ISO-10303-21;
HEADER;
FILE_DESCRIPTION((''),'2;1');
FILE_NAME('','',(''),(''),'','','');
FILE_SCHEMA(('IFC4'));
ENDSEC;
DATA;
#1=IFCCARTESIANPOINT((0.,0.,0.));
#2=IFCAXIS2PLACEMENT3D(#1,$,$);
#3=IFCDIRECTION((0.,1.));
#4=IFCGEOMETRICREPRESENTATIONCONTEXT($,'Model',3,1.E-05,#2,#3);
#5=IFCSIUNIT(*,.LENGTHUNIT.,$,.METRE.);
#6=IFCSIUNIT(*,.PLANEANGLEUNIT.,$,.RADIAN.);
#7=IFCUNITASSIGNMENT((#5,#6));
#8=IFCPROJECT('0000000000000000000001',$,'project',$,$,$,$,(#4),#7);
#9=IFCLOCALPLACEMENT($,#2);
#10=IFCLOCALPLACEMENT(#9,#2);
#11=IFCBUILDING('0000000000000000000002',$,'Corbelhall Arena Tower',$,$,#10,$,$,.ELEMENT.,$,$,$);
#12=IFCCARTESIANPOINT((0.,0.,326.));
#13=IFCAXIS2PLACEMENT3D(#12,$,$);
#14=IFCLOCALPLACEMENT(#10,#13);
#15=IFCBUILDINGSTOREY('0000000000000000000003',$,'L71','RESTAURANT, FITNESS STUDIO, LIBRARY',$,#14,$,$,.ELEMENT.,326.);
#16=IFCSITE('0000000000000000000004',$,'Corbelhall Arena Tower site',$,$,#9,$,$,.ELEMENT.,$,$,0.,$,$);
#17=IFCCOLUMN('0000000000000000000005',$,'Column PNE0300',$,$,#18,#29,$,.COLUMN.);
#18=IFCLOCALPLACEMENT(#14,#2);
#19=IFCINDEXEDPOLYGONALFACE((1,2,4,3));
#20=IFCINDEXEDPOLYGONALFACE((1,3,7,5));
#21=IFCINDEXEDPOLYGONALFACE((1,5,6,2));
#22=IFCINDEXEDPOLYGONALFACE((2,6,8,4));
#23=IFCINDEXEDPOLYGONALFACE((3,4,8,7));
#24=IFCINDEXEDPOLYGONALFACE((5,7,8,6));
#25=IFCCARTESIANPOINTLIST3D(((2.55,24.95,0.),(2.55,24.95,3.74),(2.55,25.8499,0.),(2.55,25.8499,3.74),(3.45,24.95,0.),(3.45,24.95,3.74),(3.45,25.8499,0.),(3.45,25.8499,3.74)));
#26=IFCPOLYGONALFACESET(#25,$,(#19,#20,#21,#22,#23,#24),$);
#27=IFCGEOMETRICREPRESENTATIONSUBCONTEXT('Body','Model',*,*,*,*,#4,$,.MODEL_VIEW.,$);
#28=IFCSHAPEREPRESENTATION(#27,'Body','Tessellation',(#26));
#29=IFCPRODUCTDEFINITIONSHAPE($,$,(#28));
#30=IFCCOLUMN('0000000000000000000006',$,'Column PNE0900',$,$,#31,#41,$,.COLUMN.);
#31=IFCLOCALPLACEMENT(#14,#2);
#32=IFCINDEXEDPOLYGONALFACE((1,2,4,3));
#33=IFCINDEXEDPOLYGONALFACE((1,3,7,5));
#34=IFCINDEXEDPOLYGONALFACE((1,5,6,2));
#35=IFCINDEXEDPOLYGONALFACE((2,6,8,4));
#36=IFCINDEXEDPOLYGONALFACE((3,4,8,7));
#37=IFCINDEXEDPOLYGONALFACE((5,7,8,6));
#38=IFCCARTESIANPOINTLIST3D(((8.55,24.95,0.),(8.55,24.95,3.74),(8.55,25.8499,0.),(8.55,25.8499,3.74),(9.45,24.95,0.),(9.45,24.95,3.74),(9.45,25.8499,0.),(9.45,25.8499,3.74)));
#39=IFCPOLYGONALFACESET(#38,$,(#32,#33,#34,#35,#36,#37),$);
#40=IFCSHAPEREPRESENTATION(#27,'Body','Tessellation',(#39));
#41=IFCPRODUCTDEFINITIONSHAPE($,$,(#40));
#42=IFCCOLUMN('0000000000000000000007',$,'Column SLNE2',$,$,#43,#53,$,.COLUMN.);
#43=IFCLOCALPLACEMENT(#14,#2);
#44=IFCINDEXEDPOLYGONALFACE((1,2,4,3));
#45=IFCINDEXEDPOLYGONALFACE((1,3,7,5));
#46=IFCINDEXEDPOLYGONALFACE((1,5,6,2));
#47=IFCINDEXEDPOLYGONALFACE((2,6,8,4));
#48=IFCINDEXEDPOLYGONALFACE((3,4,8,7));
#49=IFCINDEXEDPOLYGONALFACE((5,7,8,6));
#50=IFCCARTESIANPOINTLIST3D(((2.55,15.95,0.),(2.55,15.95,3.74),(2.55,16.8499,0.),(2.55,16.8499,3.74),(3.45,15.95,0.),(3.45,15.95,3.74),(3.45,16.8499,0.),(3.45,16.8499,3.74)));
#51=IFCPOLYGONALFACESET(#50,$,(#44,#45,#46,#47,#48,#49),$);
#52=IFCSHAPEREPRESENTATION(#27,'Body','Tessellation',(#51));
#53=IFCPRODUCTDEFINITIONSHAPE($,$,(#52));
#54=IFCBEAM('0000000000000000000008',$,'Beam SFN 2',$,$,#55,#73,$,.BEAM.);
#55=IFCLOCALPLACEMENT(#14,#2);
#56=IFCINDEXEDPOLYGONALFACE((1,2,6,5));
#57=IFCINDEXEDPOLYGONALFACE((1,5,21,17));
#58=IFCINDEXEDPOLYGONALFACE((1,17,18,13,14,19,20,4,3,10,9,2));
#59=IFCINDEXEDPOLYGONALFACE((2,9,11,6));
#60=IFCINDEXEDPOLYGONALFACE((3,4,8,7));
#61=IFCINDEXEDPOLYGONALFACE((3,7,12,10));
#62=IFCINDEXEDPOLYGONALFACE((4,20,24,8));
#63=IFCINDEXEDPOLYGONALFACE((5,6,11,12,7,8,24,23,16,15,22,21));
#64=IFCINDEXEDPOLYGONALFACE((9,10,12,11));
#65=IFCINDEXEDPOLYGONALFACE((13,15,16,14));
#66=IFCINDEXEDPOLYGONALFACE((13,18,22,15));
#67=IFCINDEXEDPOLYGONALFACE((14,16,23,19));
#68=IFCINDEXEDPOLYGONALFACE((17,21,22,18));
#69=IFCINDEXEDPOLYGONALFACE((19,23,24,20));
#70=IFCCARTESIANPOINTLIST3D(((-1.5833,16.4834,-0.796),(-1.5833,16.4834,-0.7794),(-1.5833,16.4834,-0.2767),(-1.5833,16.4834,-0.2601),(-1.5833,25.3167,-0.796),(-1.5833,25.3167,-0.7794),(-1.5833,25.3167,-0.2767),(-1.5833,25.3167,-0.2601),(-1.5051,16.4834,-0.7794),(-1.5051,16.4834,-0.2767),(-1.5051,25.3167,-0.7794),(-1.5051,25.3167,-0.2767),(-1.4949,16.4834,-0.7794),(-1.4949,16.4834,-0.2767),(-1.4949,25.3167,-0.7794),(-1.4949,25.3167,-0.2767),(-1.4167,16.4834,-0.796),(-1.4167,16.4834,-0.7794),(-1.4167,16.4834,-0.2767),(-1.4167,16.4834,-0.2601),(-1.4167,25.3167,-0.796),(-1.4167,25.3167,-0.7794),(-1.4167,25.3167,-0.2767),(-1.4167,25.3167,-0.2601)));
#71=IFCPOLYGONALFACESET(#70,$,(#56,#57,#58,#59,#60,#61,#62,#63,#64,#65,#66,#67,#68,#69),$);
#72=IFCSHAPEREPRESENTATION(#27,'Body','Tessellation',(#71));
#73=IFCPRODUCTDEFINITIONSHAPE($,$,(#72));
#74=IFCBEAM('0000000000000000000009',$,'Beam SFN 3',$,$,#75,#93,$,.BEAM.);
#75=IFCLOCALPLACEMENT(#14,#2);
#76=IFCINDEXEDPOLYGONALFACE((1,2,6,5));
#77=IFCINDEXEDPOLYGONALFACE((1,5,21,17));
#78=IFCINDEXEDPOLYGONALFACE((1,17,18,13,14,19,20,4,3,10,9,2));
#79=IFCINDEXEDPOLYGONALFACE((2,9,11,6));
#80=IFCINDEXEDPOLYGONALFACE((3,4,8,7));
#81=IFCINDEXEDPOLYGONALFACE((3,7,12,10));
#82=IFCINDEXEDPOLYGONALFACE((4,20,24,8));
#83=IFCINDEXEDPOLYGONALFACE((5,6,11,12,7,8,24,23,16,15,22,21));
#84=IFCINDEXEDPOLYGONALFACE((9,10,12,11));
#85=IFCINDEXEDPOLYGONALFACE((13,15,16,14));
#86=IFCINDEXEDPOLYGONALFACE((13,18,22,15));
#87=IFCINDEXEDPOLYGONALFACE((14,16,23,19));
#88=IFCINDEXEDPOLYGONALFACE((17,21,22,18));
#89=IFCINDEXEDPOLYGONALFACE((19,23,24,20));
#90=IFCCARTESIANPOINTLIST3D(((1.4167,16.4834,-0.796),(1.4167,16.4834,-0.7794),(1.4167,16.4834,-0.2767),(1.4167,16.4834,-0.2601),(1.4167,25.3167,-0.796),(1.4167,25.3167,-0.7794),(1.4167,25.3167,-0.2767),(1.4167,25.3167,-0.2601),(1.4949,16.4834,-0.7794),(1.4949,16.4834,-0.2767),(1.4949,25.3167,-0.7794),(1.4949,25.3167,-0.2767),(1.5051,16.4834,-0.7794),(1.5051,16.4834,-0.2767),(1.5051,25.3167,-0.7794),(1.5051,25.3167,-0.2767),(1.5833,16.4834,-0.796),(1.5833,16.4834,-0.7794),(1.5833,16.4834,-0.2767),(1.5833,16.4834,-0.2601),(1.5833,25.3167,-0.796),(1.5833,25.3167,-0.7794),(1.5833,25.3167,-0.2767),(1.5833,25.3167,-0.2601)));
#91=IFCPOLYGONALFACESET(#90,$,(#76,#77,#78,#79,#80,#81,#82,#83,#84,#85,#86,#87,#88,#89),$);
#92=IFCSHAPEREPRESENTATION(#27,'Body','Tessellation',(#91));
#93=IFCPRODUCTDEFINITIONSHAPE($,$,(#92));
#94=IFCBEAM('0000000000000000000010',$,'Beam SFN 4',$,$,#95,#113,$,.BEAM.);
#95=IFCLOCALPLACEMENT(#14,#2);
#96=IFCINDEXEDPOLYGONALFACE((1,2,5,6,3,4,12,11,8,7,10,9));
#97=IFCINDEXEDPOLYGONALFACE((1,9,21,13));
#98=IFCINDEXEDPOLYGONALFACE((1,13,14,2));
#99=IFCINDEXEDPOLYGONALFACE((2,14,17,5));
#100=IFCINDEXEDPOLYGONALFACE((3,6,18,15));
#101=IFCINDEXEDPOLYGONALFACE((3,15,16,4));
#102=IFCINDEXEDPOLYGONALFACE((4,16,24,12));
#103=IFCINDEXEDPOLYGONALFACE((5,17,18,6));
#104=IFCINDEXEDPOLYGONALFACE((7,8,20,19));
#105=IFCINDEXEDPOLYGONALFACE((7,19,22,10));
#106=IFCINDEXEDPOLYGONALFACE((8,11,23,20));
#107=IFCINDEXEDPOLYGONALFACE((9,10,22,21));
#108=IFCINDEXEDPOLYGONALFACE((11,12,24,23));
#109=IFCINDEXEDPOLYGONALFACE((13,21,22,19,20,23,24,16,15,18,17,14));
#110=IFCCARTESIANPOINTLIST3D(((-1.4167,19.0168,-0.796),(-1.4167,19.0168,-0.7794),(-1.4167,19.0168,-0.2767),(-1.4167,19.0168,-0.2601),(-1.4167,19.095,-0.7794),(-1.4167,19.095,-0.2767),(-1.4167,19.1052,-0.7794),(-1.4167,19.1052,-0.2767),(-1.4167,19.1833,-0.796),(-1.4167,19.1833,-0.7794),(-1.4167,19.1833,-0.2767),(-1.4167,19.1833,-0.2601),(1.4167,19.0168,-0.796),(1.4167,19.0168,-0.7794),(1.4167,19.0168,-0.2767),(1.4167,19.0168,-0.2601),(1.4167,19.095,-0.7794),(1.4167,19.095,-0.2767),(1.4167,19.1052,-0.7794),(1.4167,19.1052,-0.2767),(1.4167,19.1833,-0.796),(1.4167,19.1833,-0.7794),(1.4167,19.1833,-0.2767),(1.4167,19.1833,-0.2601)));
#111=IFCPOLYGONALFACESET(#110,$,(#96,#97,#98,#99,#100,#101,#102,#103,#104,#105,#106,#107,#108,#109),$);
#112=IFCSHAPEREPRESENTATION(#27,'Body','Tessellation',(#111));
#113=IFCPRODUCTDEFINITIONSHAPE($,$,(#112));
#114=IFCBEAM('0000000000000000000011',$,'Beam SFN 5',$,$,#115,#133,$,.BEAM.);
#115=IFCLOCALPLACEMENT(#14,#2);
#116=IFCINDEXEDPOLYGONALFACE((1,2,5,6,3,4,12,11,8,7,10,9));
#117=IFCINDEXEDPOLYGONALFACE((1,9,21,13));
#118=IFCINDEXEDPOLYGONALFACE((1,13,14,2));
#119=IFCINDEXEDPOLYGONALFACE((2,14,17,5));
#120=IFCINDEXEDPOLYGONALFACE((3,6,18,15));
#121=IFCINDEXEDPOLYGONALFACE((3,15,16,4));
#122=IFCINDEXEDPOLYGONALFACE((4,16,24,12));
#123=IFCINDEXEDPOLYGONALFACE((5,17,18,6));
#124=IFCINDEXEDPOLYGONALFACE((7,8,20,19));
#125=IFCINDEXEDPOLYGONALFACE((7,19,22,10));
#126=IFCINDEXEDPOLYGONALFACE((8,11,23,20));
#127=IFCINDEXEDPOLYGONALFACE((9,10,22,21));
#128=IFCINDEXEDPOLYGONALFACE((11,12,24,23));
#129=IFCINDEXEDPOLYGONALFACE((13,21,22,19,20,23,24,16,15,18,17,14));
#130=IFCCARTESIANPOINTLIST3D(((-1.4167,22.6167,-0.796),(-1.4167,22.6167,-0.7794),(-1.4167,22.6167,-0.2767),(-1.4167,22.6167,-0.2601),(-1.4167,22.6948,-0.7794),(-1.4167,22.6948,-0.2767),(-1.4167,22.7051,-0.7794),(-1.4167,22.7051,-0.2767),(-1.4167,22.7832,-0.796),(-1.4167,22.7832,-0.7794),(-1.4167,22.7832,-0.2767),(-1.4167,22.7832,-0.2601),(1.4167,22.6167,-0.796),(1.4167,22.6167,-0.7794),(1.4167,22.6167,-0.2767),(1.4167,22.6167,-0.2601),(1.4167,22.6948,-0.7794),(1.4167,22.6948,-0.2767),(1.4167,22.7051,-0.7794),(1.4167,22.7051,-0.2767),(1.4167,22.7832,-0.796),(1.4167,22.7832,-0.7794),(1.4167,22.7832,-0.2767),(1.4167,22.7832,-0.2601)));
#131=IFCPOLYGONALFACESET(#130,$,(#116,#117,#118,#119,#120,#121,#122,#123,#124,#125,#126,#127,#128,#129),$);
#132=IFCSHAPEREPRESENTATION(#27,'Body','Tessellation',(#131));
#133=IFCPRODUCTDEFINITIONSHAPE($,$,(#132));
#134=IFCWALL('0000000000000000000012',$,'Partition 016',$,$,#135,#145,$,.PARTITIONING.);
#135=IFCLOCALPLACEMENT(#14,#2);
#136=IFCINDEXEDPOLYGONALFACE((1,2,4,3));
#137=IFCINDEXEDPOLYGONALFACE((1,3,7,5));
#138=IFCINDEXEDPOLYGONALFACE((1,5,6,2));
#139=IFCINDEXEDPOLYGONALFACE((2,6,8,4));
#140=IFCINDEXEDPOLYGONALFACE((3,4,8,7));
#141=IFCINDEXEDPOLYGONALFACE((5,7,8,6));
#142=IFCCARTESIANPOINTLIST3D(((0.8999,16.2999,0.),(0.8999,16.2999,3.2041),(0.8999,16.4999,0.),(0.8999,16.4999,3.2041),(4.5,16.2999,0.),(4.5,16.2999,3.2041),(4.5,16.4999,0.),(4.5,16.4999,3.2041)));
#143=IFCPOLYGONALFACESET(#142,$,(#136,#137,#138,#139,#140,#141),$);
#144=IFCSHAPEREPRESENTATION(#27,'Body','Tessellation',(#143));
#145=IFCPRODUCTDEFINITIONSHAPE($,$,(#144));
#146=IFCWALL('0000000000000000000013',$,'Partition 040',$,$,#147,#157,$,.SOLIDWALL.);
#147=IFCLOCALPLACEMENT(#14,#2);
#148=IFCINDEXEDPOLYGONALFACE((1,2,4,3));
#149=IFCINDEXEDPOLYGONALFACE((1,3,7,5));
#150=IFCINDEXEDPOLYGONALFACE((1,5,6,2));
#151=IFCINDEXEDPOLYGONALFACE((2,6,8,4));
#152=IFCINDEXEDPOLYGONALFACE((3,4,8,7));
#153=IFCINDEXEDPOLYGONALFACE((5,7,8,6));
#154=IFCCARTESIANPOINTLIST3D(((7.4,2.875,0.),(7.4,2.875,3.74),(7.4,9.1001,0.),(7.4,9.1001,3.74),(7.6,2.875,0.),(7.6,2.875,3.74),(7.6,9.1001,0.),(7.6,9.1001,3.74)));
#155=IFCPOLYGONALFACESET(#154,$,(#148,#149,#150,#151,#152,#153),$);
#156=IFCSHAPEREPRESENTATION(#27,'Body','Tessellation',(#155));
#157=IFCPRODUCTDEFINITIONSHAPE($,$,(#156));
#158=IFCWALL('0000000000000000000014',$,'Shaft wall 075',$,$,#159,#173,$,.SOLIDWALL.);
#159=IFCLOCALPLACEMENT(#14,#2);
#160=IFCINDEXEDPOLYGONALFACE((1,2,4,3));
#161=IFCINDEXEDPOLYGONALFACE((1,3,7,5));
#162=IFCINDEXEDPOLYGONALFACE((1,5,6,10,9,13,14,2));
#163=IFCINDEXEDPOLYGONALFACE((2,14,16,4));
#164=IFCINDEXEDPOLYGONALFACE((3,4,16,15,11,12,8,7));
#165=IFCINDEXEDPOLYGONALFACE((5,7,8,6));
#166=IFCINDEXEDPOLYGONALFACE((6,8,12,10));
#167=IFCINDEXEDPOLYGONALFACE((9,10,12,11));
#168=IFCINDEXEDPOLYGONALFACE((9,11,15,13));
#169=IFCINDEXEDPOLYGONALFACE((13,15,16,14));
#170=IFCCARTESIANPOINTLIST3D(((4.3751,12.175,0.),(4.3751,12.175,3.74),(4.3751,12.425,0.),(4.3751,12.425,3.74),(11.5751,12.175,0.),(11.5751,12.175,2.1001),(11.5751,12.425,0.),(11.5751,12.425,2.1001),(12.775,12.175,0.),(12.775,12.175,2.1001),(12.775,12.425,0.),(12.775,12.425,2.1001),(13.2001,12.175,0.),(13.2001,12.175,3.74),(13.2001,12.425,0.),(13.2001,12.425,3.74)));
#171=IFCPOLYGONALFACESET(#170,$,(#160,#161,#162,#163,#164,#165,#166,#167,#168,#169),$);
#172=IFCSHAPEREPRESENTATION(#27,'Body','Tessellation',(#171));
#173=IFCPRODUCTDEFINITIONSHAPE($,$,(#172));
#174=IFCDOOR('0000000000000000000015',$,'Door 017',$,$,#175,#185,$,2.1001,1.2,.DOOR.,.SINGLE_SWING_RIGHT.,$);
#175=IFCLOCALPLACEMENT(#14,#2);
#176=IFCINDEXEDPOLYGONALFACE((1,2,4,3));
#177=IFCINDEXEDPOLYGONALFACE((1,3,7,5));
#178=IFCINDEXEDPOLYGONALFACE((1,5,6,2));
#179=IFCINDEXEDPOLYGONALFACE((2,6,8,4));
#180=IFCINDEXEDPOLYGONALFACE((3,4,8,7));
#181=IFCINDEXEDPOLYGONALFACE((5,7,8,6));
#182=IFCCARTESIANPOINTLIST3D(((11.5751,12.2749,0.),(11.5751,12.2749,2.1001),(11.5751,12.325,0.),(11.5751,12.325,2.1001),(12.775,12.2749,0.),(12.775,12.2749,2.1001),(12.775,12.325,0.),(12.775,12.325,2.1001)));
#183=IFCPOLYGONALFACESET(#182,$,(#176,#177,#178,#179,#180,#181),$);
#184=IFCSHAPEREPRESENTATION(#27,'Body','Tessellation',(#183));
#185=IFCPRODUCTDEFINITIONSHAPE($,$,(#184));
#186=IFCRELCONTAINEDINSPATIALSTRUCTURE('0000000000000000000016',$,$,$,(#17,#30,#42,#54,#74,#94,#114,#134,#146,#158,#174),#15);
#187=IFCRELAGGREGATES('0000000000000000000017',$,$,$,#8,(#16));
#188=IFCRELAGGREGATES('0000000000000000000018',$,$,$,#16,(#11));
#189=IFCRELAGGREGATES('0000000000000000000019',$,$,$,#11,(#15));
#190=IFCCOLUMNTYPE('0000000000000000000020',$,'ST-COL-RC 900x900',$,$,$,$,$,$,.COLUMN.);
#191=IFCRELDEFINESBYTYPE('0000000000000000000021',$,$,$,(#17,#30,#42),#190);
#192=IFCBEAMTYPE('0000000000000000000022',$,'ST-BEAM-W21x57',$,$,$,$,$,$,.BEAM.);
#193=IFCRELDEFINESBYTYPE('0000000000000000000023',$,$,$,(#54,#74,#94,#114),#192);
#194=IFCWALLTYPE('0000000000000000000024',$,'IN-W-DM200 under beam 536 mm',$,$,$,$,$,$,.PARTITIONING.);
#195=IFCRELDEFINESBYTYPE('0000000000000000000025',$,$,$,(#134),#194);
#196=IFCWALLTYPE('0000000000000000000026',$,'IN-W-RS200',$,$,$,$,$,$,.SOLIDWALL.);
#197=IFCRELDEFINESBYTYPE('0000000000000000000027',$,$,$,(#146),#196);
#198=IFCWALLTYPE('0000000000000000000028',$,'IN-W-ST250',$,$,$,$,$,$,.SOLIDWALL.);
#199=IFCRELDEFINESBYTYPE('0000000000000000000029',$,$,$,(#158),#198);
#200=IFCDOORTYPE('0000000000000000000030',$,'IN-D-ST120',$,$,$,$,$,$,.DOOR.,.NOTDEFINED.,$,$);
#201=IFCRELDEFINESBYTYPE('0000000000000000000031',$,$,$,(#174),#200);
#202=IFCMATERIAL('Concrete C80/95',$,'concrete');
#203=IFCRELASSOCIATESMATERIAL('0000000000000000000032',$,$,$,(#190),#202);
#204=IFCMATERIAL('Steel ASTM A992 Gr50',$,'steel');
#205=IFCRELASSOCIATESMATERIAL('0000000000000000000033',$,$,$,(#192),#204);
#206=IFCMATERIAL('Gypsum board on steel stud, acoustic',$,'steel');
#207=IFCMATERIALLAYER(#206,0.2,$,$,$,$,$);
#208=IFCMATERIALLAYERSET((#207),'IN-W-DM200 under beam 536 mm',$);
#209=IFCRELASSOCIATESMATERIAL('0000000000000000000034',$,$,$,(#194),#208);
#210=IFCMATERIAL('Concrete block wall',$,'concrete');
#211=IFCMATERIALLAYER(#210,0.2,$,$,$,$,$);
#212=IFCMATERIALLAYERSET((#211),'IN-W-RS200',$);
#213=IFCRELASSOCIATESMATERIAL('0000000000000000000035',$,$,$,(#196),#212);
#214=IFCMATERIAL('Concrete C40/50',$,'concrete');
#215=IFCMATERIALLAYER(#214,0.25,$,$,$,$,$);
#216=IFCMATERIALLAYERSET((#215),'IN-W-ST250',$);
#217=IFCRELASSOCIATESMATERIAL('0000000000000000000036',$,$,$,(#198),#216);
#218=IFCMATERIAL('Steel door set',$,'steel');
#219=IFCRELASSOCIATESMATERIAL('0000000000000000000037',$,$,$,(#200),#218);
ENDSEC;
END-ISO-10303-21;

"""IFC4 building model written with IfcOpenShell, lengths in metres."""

from ifc_helpers import new_model, si_unit, direction, frame, frame_2d, origin, origin_2d, place, context, subcontext, project, spatial, rectangle, i_section, extrude, material, layer, layer_set, material_profile, profile_set, type_object, element, fill, save


model = new_model("IFC4")

# Units and contexts
model_context = context("Model", 3, precision=1e-05, world=origin(), true_north=direction((0.0, 1.0)))
body_context = subcontext(model_context, "Body", "Model", "MODEL_VIEW")
ifc_project = project(units=[si_unit("LENGTHUNIT", "METRE"), si_unit("PLANEANGLEUNIT", "RADIAN")], contexts=[model_context])

# Site, building, storey
site_placement = place(None, origin())
site = spatial("IfcSite", under=ifc_project, at=site_placement, Name="Corbelhall Arena Tower site", CompositionType="ELEMENT", RefElevation=0.0)
building_placement = place(site_placement, origin())
building = spatial("IfcBuilding", under=site, at=building_placement, Name="Corbelhall Arena Tower", CompositionType="ELEMENT")
storey_placement = place(building_placement, frame((0.0, 0.0, 326.0)))
storey = spatial("IfcBuildingStorey", under=building, at=storey_placement, Name="L71", Description="RESTAURANT, FITNESS STUDIO, LIBRARY", CompositionType="ELEMENT", Elevation=326.0)

# Columns
ifc_material_1 = material(Name="Concrete C80/95", Category="concrete")
ifc_material_profile_1 = material_profile(ifc_material_1, rectangle(XDim=0.8999, YDim=0.8999, at=origin_2d()))
ifc_profile_set_1 = profile_set([ifc_material_profile_1], Name="Concrete C80/95")
column_type = type_object("IfcColumnType", Name="ST-COL-RC 900x900", PredefinedType="COLUMN", material=ifc_profile_set_1)
for number, where, z_axis, x_axis, name in (
    (1, (3.0, 25.3999, 0.0), (0.0, 0.0, 1.0), (1.0, 0.0, 0.0), "Column PNE0300"),
    (2, (9.0, 25.3999, 0.0), (0.0, 0.0, 1.0), (1.0, 0.0, 0.0), "Column PNE0900"),
    (3, (3.0, 16.3999, 0.0), (0.0, 0.0, 1.0), (1.0, 0.0, 0.0), "Column SLNE2"),
):
    element("IfcColumn", number, at=place(storey_placement, frame(where, z_axis=z_axis, x_axis=x_axis)), inside=storey, type_object=column_type, Name=name, PredefinedType="COLUMN", context=body_context, shape_type="SweptSolid", body=[
        extrude(rectangle(XDim=0.8999, YDim=0.8999, at=origin_2d()), origin(), (0.0, 0.0, 1.0), 3.74),
    ])

# Beams
ifc_material_2 = material(Name="Steel ASTM A992 Gr50", Category="steel")
ifc_material_profile_2 = material_profile(ifc_material_2, i_section(OverallWidth=0.1665, OverallDepth=0.5359, WebThickness=0.0103, FlangeThickness=0.0166, at=origin_2d()))
ifc_profile_set_2 = profile_set([ifc_material_profile_2], Name="Steel ASTM A992 Gr50")
beam_type = type_object("IfcBeamType", Name="ST-BEAM-W21x57", PredefinedType="BEAM", material=ifc_profile_set_2)
for number, where, z_axis, x_axis, name in (
    (4, (-1.5, 16.4834, -0.5281), (0.0, 1.0, 0.0), (-1.0, 0.0, 0.0), "Beam SFN 2"),
    (5, (1.5, 16.4834, -0.5281), (0.0, 1.0, 0.0), (-1.0, 0.0, 0.0), "Beam SFN 3"),
):
    element("IfcBeam", number, at=place(storey_placement, frame(where, z_axis=z_axis, x_axis=x_axis)), inside=storey, type_object=beam_type, Name=name, PredefinedType="BEAM", context=body_context, shape_type="SweptSolid", body=[
        extrude(i_section(OverallWidth=0.1665, OverallDepth=0.5359, WebThickness=0.0103, FlangeThickness=0.0166, at=origin_2d()), origin(), (0.0, 0.0, 1.0), 8.8333),
    ])
for number, where, z_axis, x_axis, name in (
    (6, (-1.4167, 19.1001, -0.5281), (1.0, 0.0, 0.0), (0.0, 1.0, 0.0), "Beam SFN 4"),
    (7, (-1.4167, 22.7, -0.5281), (1.0, 0.0, 0.0), (0.0, 1.0, 0.0), "Beam SFN 5"),
):
    element("IfcBeam", number, at=place(storey_placement, frame(where, z_axis=z_axis, x_axis=x_axis)), inside=storey, type_object=beam_type, Name=name, PredefinedType="BEAM", context=body_context, shape_type="SweptSolid", body=[
        extrude(i_section(OverallWidth=0.1665, OverallDepth=0.5359, WebThickness=0.0103, FlangeThickness=0.0166, at=origin_2d()), origin(), (0.0, 0.0, 1.0), 2.8335),
    ])

# Walls
ifc_material_3 = material(Name="Gypsum board on steel stud, acoustic", Category="steel")
ifc_layer_1 = layer(ifc_material_3, 0.2)
ifc_layer_set_1 = layer_set([ifc_layer_1], Name="IN-W-DM200 under beam 536 mm")
wall_type_1 = type_object("IfcWallType", Name="IN-W-DM200 under beam 536 mm", PredefinedType="PARTITIONING", material=ifc_layer_set_1)
wall_1_placement = place(storey_placement, frame((0.8999, 16.3999, 0.0), z_axis=(0.0, 0.0, 1.0), x_axis=(1.0, 0.0, 0.0)))
element("IfcWall", 8, at=wall_1_placement, inside=storey, type_object=wall_type_1, Name="Partition 016", PredefinedType="PARTITIONING", context=body_context, shape_type="SweptSolid", body=[
    extrude(rectangle(XDim=3.6001, YDim=0.2, at=frame_2d((1.8, 0.0))), origin(), (0.0, 0.0, 1.0), 3.2041),
])
ifc_material_4 = material(Name="Concrete block wall", Category="concrete")
ifc_layer_2 = layer(ifc_material_4, 0.2)
ifc_layer_set_2 = layer_set([ifc_layer_2], Name="IN-W-RS200")
wall_type_2 = type_object("IfcWallType", Name="IN-W-RS200", PredefinedType="SOLIDWALL", material=ifc_layer_set_2)
wall_2_placement = place(storey_placement, frame((7.5, 9.1001, 0.0), z_axis=(0.0, 0.0, 1.0), x_axis=(0.0, -1.0, 0.0)))
element("IfcWall", 9, at=wall_2_placement, inside=storey, type_object=wall_type_2, Name="Partition 040", PredefinedType="SOLIDWALL", context=body_context, shape_type="SweptSolid", body=[
    extrude(rectangle(XDim=6.2251, YDim=0.2, at=frame_2d((3.1125, 0.0))), origin(), (0.0, 0.0, 1.0), 3.74),
])

# Wall, opening, door
ifc_material_5 = material(Name="Concrete C40/50", Category="concrete")
ifc_layer_3 = layer(ifc_material_5, 0.25)
ifc_layer_set_3 = layer_set([ifc_layer_3], Name="IN-W-ST250")
wall_type_3 = type_object("IfcWallType", Name="IN-W-ST250", PredefinedType="SOLIDWALL", material=ifc_layer_set_3)
wall_3_placement = place(storey_placement, frame((4.375, 12.3, 0.0), z_axis=(0.0, 0.0, 1.0), x_axis=(1.0, 0.0, 0.0)))
wall_3 = element("IfcWall", 10, at=wall_3_placement, inside=storey, type_object=wall_type_3, Name="Shaft wall 075", PredefinedType="SOLIDWALL", context=body_context, shape_type="SweptSolid", body=[
    extrude(rectangle(XDim=8.825, YDim=0.25, at=frame_2d((4.4126, 0.0))), origin(), (0.0, 0.0, 1.0), 3.74),
])
opening_1_placement = place(wall_3_placement, frame((7.2, 0.0, 0.0)))
opening_1 = element("IfcOpeningElement", 11, at=opening_1_placement, cuts=wall_3, PredefinedType="OPENING", context=body_context, shape_type="SweptSolid", body=[
    extrude(rectangle(XDim=1.2, YDim=2.1001, at=frame_2d((0.6001, 1.05))), frame((0.0, 0.125, 0.0), z_axis=(0.0, -1.0, 0.0), x_axis=(1.0, 0.0, 0.0)), (0.0, 0.0, 1.0), 0.25),
])
ifc_material_6 = material(Name="Steel door set", Category="steel")
door_type_1 = type_object("IfcDoorType", Name="IN-D-ST120", OperationType="NOTDEFINED", PredefinedType="DOOR", material=ifc_material_6)
door_1_placement = place(opening_1_placement, origin())
door_1 = element("IfcDoor", 12, at=door_1_placement, inside=storey, type_object=door_type_1, Name="Door 017", OperationType="SINGLE_SWING_RIGHT", OverallHeight=2.1001, OverallWidth=1.2, PredefinedType="DOOR", context=body_context, shape_type="SweptSolid", body=[
    extrude(rectangle(XDim=1.2, YDim=2.1001, at=frame_2d((0.6001, 1.05))), frame((0.0, 0.0249, 0.0), z_axis=(0.0, -1.0, 0.0), x_axis=(1.0, 0.0, 0.0)), (0.0, 0.0, 1.0), 0.05),
])
fill(opening_1, door_1)

save(model, "model.ifc")
